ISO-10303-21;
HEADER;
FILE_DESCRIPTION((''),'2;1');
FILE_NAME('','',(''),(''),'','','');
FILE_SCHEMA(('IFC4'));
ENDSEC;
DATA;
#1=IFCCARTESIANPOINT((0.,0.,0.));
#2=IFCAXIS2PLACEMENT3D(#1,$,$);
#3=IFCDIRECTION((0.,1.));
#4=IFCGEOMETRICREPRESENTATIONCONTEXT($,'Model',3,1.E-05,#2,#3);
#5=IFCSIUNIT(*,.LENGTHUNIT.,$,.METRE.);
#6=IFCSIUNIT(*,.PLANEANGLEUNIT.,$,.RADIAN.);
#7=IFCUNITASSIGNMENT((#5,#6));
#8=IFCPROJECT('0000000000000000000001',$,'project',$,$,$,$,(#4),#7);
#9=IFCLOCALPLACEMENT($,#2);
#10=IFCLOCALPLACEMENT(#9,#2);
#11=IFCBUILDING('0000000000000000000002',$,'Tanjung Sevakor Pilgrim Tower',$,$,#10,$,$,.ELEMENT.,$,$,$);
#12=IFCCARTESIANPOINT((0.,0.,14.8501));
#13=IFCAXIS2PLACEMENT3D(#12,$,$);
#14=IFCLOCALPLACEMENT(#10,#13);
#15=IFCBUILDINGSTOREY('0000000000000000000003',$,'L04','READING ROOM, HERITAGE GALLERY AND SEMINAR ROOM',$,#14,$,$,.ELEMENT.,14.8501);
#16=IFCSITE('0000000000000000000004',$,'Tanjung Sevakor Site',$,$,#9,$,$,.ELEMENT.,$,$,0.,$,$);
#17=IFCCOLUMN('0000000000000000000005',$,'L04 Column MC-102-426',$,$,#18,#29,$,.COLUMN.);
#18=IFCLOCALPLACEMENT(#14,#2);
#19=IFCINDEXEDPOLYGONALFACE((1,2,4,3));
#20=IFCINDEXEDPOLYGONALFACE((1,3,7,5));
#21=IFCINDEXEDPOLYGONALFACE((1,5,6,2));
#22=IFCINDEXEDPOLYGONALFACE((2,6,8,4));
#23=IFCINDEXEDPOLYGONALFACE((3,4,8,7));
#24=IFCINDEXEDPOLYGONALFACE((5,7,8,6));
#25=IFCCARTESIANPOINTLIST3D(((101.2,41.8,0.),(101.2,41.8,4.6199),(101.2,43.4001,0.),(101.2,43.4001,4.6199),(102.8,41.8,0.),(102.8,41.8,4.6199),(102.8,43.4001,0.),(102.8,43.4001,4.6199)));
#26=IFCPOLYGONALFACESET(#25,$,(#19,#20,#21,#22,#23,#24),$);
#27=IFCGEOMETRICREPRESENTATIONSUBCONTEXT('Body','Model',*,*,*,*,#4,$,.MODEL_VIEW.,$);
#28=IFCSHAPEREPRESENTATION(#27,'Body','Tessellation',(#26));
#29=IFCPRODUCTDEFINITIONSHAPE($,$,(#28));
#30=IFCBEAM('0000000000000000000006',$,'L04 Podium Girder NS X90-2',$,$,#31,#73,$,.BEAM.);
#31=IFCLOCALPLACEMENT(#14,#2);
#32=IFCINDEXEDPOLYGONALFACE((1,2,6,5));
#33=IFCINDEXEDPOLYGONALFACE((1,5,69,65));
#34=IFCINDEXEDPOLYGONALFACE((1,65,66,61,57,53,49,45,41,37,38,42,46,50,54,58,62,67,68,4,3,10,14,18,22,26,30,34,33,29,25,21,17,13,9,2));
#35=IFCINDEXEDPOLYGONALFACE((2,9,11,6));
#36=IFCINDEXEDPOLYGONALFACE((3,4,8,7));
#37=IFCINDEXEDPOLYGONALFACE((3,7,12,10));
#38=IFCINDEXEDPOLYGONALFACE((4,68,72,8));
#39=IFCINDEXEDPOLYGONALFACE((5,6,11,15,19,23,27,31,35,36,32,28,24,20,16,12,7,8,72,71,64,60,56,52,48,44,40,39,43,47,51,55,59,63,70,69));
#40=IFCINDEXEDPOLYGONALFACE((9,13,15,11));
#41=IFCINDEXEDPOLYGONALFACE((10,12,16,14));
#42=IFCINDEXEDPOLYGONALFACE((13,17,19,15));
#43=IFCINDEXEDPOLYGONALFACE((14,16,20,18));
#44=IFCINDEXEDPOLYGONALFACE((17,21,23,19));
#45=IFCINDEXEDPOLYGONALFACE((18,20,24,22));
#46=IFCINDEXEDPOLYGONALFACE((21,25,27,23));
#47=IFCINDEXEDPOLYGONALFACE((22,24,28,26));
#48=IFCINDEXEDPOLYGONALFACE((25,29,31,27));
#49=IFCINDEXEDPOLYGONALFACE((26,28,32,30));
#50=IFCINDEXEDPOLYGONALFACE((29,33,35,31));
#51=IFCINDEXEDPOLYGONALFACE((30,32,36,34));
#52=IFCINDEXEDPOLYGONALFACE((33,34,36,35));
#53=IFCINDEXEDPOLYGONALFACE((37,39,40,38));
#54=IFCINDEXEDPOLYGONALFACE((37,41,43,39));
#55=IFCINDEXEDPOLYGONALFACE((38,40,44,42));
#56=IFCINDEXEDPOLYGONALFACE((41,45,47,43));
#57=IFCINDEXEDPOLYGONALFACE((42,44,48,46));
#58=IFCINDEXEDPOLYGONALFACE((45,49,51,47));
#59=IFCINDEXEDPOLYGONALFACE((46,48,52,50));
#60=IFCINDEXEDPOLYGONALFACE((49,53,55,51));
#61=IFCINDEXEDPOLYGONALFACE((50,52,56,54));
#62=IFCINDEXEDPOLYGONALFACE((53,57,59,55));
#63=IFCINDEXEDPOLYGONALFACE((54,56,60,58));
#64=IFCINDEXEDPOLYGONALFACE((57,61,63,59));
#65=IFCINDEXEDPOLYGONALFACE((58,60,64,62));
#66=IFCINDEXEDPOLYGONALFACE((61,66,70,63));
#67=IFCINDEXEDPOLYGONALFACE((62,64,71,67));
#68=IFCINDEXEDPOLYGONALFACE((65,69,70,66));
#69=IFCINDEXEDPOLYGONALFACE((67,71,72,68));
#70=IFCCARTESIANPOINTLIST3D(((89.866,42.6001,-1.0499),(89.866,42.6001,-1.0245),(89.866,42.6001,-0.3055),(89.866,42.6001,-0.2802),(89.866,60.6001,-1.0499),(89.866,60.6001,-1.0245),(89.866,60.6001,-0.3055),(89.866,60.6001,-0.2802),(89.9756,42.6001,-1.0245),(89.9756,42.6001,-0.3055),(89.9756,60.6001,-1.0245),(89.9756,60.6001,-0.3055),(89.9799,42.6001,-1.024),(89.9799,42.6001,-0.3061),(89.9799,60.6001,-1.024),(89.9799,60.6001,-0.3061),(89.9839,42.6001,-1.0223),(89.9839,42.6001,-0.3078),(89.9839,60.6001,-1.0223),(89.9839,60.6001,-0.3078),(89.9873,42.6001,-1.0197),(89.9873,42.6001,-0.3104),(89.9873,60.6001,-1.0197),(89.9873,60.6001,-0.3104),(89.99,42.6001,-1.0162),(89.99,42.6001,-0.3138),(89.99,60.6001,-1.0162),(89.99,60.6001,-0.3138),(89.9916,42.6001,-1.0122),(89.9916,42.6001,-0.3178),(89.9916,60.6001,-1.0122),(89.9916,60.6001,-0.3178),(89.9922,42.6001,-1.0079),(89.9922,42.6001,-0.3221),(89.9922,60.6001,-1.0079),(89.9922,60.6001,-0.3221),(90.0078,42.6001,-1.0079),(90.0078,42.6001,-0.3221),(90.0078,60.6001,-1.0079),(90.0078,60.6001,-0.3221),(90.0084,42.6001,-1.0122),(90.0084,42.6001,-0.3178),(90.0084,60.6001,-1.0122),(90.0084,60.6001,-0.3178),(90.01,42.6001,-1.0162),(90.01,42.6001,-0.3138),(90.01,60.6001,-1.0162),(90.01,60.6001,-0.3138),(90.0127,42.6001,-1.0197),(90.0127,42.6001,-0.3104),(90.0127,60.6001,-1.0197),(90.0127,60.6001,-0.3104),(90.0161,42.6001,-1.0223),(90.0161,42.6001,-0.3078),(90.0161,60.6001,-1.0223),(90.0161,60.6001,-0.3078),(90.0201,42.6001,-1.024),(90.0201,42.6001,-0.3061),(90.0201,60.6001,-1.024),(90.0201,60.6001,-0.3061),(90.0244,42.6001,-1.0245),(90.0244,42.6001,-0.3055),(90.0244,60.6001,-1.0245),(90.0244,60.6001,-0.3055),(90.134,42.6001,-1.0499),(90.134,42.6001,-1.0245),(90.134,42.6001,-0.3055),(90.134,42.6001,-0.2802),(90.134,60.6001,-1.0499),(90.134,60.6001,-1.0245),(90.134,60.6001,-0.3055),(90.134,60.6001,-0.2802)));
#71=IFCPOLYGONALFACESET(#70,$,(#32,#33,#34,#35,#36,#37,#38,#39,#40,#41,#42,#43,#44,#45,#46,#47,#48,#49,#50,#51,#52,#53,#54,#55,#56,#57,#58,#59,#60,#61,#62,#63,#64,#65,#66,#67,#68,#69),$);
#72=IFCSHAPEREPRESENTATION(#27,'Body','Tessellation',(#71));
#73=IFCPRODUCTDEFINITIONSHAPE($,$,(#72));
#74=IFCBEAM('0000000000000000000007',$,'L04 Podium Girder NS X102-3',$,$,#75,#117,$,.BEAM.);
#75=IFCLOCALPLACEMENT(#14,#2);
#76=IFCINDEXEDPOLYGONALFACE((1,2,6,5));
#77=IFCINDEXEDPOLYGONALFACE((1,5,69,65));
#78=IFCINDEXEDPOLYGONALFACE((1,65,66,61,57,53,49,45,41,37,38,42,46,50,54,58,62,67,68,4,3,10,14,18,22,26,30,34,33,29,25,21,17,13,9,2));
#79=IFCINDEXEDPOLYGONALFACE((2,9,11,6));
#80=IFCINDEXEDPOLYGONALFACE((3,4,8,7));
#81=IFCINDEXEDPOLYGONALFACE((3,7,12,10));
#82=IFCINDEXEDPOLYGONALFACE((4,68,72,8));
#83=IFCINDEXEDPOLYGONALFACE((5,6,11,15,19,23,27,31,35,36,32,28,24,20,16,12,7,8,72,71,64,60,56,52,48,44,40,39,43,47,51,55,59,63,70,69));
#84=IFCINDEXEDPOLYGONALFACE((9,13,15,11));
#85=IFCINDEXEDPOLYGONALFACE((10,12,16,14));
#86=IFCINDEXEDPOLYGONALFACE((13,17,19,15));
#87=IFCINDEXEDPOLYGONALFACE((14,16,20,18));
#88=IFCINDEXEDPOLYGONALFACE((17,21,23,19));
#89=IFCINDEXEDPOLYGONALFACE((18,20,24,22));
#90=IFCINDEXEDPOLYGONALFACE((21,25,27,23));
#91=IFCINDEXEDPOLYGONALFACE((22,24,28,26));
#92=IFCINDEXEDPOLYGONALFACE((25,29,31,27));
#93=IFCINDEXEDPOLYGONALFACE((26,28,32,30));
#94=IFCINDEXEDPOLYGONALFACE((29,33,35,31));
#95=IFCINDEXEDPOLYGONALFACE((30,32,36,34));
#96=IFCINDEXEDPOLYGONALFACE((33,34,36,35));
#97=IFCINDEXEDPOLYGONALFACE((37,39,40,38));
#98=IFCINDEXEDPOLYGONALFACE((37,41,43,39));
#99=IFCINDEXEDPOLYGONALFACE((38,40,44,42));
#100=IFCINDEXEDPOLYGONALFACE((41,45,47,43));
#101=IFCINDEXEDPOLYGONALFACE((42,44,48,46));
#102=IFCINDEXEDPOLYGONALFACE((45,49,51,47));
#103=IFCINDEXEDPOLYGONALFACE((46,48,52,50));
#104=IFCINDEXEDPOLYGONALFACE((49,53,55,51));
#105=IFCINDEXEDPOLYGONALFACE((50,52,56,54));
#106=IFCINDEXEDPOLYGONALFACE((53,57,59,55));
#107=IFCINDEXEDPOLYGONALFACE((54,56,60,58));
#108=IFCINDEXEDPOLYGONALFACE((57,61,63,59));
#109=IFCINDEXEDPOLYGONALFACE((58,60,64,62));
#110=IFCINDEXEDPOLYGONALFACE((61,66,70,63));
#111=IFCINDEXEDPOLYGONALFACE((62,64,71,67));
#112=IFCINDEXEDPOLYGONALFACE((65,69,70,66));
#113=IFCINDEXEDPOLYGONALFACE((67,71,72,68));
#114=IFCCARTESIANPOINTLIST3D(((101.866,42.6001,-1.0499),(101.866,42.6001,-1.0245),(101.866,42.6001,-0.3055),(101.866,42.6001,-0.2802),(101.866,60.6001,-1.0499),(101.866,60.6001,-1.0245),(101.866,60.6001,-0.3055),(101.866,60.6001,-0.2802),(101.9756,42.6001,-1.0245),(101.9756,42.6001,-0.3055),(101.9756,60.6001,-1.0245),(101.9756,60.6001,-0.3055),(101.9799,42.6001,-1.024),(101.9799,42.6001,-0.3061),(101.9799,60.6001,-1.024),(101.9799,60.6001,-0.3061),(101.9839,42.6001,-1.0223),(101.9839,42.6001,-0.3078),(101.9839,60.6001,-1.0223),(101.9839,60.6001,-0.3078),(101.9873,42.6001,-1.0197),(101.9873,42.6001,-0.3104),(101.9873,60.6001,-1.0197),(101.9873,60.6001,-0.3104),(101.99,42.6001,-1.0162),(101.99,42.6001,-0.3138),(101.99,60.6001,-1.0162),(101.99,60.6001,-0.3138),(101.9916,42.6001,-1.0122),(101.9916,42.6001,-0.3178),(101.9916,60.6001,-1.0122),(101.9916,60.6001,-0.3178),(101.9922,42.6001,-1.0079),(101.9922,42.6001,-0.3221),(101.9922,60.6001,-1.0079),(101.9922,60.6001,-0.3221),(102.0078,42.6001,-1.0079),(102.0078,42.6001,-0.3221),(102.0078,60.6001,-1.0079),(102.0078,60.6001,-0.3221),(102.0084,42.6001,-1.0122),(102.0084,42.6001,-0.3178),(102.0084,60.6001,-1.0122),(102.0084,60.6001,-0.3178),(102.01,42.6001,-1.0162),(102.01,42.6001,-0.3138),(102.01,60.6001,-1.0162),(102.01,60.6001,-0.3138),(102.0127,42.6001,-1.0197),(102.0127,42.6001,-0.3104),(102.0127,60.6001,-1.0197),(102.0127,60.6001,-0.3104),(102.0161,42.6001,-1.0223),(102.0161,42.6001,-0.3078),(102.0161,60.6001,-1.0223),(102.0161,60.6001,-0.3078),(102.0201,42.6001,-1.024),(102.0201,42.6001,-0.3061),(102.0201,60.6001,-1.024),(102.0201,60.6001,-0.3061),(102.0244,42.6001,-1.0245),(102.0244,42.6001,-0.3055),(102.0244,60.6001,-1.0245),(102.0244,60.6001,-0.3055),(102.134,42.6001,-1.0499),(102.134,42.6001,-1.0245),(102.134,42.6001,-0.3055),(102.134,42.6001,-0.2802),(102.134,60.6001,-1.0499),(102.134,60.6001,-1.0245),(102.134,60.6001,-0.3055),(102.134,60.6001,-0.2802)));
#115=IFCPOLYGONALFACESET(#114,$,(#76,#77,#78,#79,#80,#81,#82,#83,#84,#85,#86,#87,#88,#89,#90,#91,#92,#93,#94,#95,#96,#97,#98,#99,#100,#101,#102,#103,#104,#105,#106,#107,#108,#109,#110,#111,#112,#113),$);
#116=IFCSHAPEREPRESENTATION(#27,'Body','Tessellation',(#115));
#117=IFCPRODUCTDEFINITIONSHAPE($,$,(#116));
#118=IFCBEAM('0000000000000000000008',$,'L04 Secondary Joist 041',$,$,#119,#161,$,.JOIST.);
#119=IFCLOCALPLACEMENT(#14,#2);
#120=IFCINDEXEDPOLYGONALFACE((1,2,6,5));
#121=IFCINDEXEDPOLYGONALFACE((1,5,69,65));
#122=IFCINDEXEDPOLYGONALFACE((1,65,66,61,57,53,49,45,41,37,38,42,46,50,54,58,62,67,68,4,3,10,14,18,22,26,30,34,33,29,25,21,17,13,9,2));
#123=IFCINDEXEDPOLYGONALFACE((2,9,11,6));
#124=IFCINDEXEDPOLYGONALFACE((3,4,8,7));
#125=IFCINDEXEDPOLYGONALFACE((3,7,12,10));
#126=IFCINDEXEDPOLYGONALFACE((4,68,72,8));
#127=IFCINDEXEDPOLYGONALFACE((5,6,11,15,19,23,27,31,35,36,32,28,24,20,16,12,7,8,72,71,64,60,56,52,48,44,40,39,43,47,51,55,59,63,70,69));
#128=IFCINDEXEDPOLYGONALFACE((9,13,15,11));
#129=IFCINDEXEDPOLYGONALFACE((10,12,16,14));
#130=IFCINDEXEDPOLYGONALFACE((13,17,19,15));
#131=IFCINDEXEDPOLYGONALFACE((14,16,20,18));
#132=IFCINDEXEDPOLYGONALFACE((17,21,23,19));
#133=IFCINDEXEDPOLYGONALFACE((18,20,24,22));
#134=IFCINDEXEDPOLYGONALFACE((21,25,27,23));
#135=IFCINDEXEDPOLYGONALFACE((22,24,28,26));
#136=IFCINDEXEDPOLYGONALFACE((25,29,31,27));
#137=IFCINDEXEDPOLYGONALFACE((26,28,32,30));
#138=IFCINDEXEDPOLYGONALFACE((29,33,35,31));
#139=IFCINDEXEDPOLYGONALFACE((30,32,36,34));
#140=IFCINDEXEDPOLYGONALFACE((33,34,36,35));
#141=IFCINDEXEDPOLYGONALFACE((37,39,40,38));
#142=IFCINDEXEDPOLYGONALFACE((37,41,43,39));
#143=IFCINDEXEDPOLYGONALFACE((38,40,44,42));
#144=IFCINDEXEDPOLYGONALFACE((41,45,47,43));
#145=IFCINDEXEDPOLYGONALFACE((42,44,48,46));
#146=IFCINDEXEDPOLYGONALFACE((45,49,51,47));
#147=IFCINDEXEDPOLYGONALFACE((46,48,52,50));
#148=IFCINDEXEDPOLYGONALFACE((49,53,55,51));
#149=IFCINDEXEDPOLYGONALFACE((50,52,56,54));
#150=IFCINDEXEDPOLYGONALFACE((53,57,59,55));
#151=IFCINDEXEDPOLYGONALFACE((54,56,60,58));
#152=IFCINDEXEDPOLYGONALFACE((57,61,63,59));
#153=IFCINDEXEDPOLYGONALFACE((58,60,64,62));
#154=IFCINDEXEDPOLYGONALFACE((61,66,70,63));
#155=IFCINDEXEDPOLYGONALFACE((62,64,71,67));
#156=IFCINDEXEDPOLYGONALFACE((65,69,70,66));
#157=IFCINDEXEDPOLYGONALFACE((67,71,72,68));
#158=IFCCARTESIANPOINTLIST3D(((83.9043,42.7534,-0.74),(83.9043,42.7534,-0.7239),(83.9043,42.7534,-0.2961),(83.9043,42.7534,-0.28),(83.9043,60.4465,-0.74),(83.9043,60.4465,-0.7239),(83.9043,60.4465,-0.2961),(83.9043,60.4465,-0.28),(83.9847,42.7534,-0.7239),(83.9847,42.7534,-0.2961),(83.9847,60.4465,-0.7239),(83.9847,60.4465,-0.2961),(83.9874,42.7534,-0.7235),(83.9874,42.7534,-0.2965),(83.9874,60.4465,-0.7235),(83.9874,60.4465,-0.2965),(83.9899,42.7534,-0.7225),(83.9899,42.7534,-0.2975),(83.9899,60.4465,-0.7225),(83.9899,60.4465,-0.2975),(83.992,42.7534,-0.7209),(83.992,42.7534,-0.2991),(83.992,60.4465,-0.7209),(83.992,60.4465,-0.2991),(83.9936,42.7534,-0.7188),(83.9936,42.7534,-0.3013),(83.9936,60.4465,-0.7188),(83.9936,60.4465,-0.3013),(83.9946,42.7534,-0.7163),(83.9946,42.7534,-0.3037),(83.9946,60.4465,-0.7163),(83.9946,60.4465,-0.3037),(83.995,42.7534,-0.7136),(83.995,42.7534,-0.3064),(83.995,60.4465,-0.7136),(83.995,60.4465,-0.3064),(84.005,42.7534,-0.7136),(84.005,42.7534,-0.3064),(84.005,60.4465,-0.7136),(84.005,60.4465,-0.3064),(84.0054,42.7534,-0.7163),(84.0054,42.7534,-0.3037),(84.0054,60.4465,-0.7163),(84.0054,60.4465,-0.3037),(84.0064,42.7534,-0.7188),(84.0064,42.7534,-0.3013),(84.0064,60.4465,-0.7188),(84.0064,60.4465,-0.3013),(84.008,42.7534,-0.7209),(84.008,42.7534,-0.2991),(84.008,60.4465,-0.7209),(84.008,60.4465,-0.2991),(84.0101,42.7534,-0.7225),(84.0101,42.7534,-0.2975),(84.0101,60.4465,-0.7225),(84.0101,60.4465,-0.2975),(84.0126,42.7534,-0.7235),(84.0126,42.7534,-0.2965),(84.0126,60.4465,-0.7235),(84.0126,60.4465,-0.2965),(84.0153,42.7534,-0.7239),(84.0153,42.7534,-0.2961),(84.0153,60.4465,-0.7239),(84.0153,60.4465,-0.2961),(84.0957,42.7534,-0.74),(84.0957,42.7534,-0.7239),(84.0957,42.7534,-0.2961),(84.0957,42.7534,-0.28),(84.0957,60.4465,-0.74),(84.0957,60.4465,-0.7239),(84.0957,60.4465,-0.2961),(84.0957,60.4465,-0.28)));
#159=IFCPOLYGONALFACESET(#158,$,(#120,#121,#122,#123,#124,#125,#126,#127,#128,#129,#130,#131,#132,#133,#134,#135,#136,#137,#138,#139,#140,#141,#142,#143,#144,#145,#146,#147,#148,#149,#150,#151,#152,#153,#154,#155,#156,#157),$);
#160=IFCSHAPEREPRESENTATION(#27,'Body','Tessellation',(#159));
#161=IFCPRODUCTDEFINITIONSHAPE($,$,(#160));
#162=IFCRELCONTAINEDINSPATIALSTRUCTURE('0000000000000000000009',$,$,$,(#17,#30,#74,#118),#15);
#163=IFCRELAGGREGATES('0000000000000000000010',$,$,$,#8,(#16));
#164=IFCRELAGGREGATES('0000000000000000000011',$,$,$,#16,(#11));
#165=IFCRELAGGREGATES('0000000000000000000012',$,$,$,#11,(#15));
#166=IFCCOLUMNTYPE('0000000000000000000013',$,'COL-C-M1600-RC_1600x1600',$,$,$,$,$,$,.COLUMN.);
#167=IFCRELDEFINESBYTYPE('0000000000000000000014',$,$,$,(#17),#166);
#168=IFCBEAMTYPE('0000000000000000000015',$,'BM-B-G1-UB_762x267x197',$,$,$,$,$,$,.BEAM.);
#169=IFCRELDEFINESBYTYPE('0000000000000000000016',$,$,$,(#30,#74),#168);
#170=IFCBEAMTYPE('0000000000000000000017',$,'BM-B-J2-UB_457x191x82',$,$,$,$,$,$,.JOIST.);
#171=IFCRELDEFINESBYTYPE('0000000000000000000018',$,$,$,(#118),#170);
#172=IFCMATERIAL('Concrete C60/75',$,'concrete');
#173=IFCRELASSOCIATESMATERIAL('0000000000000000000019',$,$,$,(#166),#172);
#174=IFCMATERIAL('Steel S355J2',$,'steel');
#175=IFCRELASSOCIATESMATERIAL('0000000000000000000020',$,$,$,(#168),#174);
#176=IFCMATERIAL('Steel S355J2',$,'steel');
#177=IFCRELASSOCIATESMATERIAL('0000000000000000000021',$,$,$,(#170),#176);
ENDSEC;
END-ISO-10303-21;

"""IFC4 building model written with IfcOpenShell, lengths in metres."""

from ifc_helpers import new_model, si_unit, direction, frame, origin, origin_2d, place, context, subcontext, project, spatial, rectangle, i_section, extrude, material, material_profile, profile_set, type_object, element, save


model = new_model("IFC4")

# Units and contexts
model_context = context("Model", 3, precision=1e-05, world=origin(), true_north=direction((0.0, 1.0)))
body_context = subcontext(model_context, "Body", "Model", "MODEL_VIEW")
ifc_project = project(units=[si_unit("LENGTHUNIT", "METRE"), si_unit("PLANEANGLEUNIT", "RADIAN")], contexts=[model_context])

# Site, building, storey
site_placement = place(None, origin())
site = spatial("IfcSite", under=ifc_project, at=site_placement, Name="Tanjung Sevakor Site", CompositionType="ELEMENT", RefElevation=0.0)
building_placement = place(site_placement, origin())
building = spatial("IfcBuilding", under=site, at=building_placement, Name="Tanjung Sevakor Pilgrim Tower", CompositionType="ELEMENT")
storey_placement = place(building_placement, frame((0.0, 0.0, 14.8501)))
storey = spatial("IfcBuildingStorey", under=building, at=storey_placement, Name="L04", Description="READING ROOM, HERITAGE GALLERY AND SEMINAR ROOM", CompositionType="ELEMENT", Elevation=14.8501)

# Column
ifc_material_1 = material(Name="Concrete C60/75", Category="concrete")
ifc_material_profile_1 = material_profile(ifc_material_1, rectangle(XDim=1.6001, YDim=1.6001, at=origin_2d()))
ifc_profile_set_1 = profile_set([ifc_material_profile_1], Name="Concrete C60/75")
column_type = type_object("IfcColumnType", Name="COL-C-M1600-RC_1600x1600", PredefinedType="COLUMN", material=ifc_profile_set_1)
column_placement = place(storey_placement, frame((102.0, 42.6001, 0.0), z_axis=(0.0, 0.0, 1.0), x_axis=(1.0, 0.0, 0.0)))
element("IfcColumn", 1, at=column_placement, inside=storey, type_object=column_type, Name="L04 Column MC-102-426", PredefinedType="COLUMN", context=body_context, shape_type="SweptSolid", body=[
    extrude(rectangle(XDim=1.6001, YDim=1.6001, at=origin_2d()), origin(), (0.0, 0.0, 1.0), 4.6199),
])

# Beams
ifc_material_2 = material(Name="Steel S355J2", Category="steel")
ifc_material_profile_2 = material_profile(ifc_material_2, i_section(OverallWidth=0.2681, OverallDepth=0.7698, WebThickness=0.0156, FlangeThickness=0.0254, FilletRadius=0.0166, at=origin_2d()))
ifc_profile_set_2 = profile_set([ifc_material_profile_2], Name="Steel S355J2")
beam_type_1 = type_object("IfcBeamType", Name="BM-B-G1-UB_762x267x197", PredefinedType="BEAM", material=ifc_profile_set_2)
for number, where, z_axis, x_axis, name in (
    (2, (90.0, 42.6001, -0.665), (0.0, 1.0, 0.0), (-1.0, 0.0, 0.0), "L04 Podium Girder NS X90-2"),
    (3, (102.0, 42.6001, -0.665), (0.0, 1.0, 0.0), (-1.0, 0.0, 0.0), "L04 Podium Girder NS X102-3"),
):
    element("IfcBeam", number, at=place(storey_placement, frame(where, z_axis=z_axis, x_axis=x_axis)), inside=storey, type_object=beam_type_1, Name=name, PredefinedType="BEAM", context=body_context, shape_type="SweptSolid", body=[
        extrude(i_section(OverallWidth=0.2681, OverallDepth=0.7698, WebThickness=0.0156, FlangeThickness=0.0254, FilletRadius=0.0166, at=origin_2d()), origin(), (0.0, 0.0, 1.0), 18.0),
    ])
ifc_material_3 = material(Name="Steel S355J2", Category="steel")
ifc_material_profile_3 = material_profile(ifc_material_3, i_section(OverallWidth=0.1914, OverallDepth=0.46, WebThickness=0.01, FlangeThickness=0.0161, FilletRadius=0.0103, at=origin_2d()))
ifc_profile_set_3 = profile_set([ifc_material_profile_3], Name="Steel S355J2")
beam_type_2 = type_object("IfcBeamType", Name="BM-B-J2-UB_457x191x82", PredefinedType="JOIST", material=ifc_profile_set_3)
for number, where, z_axis, x_axis, name in (
    (4, (84.0, 42.7534, -0.51), (0.0, 1.0, 0.0), (-1.0, 0.0, 0.0), "L04 Secondary Joist 041"),
):
    element("IfcBeam", number, at=place(storey_placement, frame(where, z_axis=z_axis, x_axis=x_axis)), inside=storey, type_object=beam_type_2, Name=name, PredefinedType="JOIST", context=body_context, shape_type="SweptSolid", body=[
        extrude(i_section(OverallWidth=0.1914, OverallDepth=0.46, WebThickness=0.01, FlangeThickness=0.0161, FilletRadius=0.0103, at=origin_2d()), origin(), (0.0, 0.0, 1.0), 17.6931),
    ])

save(model, "model.ifc")
